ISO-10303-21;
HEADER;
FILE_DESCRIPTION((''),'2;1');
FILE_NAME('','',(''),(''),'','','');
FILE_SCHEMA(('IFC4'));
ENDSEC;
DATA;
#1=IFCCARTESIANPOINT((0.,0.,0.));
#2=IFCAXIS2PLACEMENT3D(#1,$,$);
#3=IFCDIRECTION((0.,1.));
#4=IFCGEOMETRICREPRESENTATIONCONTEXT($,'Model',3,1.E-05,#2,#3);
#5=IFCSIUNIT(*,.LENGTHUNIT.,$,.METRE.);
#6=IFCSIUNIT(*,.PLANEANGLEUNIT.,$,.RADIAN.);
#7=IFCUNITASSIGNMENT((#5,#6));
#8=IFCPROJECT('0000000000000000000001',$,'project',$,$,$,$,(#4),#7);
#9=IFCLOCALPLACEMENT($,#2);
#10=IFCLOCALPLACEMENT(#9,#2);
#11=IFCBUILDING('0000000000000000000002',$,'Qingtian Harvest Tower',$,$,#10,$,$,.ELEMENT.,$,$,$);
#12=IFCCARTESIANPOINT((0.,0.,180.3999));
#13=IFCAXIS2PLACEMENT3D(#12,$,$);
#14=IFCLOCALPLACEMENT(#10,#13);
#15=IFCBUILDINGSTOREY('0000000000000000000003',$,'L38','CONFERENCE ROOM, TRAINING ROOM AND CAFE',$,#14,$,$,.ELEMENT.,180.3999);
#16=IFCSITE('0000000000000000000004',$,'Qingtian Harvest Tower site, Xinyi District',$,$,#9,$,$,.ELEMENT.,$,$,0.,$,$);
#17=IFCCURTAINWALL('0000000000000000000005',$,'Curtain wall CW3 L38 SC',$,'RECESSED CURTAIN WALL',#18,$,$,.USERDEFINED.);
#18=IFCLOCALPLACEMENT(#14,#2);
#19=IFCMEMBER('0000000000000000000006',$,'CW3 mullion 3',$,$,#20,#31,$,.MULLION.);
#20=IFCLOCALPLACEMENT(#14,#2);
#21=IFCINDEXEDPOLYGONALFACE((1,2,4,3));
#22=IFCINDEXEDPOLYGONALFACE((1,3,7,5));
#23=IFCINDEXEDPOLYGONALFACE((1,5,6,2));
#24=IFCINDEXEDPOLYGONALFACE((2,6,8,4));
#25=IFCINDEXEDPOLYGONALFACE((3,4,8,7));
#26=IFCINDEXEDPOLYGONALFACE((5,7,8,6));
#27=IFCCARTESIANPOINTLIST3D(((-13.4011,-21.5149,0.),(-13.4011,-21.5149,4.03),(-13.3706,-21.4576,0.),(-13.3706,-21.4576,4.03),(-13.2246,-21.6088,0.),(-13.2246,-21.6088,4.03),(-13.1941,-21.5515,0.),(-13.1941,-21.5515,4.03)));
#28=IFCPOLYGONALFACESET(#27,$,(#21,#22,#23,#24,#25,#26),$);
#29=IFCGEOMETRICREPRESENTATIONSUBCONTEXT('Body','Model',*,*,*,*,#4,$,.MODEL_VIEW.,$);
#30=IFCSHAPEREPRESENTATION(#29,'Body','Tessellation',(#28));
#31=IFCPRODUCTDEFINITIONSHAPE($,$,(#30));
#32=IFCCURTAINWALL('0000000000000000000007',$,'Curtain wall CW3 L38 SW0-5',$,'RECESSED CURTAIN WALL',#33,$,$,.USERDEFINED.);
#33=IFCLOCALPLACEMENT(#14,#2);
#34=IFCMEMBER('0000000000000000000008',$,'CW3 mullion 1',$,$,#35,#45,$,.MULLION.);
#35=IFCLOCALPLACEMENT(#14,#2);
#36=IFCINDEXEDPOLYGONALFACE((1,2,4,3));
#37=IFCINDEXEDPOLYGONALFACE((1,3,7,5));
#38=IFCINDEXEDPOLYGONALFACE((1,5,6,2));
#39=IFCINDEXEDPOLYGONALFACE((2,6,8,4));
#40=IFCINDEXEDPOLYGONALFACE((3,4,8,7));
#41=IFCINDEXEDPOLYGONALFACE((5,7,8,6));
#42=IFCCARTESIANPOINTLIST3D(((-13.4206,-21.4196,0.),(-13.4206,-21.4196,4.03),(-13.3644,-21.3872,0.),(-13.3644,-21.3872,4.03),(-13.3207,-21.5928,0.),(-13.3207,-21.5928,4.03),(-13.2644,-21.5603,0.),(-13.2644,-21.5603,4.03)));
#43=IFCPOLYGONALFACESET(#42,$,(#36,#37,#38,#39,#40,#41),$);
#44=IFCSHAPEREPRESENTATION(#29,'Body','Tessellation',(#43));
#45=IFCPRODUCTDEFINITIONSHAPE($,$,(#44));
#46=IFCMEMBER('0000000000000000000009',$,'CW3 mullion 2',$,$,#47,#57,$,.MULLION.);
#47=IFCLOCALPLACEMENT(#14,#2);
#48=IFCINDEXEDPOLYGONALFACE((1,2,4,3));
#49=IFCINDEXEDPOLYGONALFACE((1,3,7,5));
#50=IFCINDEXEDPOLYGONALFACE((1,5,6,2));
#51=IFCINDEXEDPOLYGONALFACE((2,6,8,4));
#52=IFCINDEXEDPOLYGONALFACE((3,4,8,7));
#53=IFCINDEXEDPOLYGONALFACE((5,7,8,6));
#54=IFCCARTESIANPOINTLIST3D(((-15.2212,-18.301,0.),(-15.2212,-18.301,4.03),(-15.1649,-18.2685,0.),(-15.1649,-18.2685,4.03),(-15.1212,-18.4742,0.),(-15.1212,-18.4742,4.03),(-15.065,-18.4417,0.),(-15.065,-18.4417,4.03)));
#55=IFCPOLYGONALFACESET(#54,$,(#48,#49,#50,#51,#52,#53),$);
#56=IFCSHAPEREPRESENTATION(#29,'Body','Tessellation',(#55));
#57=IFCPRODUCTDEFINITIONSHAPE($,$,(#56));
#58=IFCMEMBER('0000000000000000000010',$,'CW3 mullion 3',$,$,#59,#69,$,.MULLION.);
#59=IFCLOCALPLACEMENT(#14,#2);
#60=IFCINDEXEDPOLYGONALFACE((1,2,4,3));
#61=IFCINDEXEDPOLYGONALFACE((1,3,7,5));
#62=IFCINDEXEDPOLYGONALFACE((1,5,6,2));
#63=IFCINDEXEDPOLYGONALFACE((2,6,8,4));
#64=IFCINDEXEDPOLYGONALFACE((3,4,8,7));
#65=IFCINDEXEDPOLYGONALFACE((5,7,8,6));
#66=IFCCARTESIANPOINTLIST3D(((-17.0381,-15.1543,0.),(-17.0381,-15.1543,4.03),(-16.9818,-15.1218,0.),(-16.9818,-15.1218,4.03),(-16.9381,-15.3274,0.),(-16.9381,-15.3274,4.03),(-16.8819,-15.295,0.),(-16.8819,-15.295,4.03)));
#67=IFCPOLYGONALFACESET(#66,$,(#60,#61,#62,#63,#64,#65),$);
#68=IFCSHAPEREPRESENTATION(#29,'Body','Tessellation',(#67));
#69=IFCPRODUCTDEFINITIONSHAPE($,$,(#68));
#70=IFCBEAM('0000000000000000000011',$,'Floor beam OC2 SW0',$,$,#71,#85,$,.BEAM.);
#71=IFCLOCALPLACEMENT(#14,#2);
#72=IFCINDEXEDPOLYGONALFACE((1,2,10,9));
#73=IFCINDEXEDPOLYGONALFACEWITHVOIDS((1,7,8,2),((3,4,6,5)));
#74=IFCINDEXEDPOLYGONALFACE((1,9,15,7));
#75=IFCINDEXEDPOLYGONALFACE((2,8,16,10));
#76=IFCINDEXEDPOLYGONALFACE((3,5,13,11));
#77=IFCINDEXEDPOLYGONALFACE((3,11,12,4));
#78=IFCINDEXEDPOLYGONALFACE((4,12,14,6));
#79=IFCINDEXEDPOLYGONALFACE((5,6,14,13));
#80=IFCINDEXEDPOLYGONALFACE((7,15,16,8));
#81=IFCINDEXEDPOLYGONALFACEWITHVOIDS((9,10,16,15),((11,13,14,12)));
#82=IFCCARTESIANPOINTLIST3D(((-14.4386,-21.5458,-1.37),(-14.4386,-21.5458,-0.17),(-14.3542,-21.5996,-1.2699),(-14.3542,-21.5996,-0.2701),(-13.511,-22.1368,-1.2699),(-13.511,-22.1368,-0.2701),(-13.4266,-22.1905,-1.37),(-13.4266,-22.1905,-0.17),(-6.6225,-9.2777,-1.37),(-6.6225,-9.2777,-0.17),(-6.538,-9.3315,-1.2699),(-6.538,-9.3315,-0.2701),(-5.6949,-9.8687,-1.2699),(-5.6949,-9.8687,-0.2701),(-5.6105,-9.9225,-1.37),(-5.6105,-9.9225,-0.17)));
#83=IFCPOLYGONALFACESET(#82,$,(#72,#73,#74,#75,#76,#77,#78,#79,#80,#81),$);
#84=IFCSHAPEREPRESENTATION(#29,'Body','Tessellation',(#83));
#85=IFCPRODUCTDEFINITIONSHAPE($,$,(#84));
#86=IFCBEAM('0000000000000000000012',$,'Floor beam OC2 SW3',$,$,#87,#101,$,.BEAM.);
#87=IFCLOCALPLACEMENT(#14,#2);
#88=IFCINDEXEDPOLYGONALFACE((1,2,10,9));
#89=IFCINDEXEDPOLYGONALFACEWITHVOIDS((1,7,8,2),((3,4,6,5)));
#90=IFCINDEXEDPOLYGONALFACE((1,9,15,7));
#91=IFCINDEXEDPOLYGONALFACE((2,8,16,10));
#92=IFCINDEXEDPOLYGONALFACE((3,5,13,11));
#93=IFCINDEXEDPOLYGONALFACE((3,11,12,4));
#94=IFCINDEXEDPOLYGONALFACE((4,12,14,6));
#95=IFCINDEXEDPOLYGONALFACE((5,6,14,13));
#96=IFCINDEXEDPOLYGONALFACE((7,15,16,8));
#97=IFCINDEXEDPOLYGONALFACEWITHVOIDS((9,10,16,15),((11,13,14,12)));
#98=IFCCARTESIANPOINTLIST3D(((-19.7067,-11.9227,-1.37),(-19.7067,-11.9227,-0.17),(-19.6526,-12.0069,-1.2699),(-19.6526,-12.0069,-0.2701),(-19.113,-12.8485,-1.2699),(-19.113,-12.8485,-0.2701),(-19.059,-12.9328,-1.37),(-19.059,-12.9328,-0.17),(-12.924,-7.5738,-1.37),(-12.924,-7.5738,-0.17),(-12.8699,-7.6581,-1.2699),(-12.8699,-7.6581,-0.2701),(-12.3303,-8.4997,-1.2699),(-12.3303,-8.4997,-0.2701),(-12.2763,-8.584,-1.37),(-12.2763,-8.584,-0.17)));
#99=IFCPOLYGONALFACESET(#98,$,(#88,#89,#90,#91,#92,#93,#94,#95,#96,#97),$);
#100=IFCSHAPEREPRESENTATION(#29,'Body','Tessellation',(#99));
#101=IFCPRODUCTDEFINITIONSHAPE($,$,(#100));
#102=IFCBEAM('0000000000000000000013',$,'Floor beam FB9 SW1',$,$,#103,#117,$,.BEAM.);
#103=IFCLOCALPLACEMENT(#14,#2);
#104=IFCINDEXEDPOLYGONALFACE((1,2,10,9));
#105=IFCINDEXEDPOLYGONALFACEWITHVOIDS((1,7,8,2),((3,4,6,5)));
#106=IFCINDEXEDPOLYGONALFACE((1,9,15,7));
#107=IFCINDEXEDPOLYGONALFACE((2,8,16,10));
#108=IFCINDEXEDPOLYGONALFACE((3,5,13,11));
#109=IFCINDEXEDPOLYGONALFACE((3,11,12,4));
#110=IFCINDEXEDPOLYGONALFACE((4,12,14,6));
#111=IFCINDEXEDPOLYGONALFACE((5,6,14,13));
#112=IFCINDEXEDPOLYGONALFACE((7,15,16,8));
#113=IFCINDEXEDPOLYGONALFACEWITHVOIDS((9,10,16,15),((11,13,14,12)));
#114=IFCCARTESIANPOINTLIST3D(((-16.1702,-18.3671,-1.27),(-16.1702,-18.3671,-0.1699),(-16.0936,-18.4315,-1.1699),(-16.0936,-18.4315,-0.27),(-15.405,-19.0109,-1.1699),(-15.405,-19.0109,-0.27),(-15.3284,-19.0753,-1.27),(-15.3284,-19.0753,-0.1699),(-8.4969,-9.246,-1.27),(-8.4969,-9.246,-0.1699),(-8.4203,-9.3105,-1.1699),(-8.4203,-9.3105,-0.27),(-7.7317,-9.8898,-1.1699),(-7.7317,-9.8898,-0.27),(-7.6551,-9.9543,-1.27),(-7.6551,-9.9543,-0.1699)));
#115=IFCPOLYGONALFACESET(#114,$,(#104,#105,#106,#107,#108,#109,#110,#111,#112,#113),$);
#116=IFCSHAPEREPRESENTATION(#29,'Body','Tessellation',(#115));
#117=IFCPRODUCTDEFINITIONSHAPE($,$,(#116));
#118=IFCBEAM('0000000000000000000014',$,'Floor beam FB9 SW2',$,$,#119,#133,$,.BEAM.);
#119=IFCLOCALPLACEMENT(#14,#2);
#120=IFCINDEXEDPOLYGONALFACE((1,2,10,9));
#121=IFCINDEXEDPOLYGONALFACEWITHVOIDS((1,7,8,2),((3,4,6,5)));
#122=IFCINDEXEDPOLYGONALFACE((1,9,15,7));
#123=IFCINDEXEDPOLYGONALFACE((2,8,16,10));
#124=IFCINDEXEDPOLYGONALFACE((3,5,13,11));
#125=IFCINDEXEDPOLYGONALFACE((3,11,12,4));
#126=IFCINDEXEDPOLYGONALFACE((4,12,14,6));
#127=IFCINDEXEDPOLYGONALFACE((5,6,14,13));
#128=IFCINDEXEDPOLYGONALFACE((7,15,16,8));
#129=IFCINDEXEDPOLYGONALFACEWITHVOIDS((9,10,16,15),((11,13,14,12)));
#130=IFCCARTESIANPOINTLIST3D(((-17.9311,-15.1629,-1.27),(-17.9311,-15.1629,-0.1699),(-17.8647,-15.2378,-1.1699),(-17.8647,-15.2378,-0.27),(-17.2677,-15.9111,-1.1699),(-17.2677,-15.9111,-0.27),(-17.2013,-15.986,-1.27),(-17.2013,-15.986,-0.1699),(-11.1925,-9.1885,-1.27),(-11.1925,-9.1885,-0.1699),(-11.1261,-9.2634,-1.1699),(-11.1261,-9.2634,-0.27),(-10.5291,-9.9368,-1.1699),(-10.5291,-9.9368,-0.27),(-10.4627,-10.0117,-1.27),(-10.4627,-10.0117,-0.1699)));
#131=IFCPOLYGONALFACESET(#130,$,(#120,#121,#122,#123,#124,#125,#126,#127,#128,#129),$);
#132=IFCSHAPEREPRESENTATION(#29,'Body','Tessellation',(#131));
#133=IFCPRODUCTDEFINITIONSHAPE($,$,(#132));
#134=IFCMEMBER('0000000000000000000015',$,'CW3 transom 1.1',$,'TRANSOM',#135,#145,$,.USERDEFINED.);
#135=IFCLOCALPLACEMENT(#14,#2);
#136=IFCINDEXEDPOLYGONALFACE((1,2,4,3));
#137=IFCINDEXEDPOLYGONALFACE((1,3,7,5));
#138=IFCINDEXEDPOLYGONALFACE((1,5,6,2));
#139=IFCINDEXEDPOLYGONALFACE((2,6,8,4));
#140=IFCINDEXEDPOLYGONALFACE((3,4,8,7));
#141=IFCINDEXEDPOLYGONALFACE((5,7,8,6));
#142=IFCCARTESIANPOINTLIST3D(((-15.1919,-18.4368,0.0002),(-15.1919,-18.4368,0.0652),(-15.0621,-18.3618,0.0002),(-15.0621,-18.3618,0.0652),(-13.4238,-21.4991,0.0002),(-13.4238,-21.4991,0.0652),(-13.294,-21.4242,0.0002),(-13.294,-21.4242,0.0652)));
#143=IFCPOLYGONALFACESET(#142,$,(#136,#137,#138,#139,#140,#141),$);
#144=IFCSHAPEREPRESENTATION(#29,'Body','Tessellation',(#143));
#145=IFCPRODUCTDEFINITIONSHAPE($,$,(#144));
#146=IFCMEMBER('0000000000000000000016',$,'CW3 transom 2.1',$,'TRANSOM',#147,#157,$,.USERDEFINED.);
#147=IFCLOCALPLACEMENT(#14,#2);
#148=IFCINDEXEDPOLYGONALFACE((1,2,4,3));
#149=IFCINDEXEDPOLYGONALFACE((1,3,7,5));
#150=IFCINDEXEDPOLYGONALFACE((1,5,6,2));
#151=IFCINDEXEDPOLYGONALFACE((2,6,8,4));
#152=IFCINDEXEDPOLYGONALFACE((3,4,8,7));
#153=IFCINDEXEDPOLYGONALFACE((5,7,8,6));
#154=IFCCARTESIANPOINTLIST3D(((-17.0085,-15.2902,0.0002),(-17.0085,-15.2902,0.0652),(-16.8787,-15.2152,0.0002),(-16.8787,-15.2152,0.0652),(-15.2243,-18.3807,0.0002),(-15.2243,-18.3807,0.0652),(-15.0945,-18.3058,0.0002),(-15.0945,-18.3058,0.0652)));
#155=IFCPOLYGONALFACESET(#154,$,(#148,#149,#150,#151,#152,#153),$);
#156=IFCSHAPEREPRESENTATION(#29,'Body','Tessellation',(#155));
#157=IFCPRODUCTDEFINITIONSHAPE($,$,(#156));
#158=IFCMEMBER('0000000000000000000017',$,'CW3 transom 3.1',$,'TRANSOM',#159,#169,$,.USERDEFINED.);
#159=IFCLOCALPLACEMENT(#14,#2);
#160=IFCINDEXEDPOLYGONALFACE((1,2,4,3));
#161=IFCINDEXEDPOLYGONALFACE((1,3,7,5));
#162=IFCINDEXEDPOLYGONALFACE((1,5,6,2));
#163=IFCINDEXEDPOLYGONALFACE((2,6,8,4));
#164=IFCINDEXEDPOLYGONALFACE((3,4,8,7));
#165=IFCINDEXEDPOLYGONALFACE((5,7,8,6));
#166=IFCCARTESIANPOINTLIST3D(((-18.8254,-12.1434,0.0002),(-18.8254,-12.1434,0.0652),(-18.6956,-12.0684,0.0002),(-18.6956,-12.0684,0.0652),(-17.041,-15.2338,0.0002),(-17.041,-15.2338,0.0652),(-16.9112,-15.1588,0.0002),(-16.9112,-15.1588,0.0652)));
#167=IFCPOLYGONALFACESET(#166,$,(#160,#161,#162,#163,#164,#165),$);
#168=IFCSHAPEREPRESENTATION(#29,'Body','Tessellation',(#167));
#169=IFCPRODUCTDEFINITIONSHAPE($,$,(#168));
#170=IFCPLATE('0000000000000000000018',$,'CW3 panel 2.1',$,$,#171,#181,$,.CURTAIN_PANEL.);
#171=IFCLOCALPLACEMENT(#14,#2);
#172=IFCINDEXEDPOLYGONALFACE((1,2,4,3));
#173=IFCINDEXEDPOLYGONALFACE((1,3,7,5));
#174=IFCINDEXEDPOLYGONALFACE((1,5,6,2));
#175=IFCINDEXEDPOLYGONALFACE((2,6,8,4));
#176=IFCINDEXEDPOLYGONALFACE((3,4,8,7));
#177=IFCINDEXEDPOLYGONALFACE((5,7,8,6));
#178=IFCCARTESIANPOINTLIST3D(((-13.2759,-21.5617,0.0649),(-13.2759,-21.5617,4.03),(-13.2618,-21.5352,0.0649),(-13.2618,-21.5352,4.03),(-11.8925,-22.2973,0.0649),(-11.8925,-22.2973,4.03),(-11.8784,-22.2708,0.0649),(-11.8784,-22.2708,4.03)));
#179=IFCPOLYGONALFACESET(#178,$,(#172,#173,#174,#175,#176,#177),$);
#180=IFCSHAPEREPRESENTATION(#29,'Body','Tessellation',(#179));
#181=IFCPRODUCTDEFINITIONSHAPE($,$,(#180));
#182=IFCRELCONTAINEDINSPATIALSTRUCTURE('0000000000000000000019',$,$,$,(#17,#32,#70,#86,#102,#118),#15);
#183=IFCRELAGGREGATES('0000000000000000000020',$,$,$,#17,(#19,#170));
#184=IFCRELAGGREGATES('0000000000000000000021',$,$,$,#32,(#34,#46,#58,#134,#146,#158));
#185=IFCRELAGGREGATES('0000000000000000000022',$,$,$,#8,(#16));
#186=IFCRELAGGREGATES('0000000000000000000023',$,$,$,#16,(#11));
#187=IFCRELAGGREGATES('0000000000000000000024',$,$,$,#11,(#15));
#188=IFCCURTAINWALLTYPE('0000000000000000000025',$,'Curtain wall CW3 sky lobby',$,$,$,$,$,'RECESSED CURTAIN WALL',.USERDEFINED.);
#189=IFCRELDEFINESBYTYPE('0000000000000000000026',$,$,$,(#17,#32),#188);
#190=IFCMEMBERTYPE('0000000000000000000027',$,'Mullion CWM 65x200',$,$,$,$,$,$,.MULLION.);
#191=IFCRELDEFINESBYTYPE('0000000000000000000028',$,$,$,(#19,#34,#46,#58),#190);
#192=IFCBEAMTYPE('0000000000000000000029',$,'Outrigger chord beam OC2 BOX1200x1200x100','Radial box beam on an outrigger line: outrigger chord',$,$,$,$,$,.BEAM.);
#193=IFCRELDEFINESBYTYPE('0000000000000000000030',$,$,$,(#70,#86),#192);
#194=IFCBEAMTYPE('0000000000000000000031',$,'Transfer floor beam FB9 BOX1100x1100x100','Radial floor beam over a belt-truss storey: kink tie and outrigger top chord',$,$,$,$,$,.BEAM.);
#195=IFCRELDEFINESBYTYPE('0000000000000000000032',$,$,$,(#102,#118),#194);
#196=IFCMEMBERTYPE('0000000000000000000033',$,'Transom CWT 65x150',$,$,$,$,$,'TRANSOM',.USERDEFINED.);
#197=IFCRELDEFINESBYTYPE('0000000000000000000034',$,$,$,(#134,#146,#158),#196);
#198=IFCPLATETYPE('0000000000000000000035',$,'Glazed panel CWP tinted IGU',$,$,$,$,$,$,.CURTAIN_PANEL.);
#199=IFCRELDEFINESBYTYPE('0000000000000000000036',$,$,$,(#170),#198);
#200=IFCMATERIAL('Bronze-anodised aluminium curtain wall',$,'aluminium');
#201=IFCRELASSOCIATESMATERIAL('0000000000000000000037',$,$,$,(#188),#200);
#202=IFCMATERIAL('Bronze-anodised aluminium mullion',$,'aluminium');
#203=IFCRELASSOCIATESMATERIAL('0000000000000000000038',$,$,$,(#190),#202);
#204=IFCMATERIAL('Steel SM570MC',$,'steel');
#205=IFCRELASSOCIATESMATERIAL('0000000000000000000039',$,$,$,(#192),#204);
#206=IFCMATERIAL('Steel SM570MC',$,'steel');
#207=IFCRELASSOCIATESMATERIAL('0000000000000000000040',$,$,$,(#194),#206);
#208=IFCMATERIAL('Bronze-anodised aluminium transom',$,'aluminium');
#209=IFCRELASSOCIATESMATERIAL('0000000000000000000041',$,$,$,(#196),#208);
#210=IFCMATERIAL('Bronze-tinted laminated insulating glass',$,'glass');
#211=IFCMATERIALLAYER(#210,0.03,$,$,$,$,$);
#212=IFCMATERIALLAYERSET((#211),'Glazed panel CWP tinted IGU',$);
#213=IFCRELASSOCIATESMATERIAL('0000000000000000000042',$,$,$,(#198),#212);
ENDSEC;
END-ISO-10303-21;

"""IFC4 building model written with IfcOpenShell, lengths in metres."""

from ifc_helpers import new_model, si_unit, direction, frame, origin, origin_2d, place, context, subcontext, project, spatial, rectangle, hollow_rectangle, extrude, material, layer, layer_set, material_profile, profile_set, type_object, element, aggregate, save


model = new_model("IFC4")

# Units and contexts
model_context = context("Model", 3, precision=1e-05, world=origin(), true_north=direction((0.0, 1.0)))
body_context = subcontext(model_context, "Body", "Model", "MODEL_VIEW")
ifc_project = project(units=[si_unit("LENGTHUNIT", "METRE"), si_unit("PLANEANGLEUNIT", "RADIAN")], contexts=[model_context])

# Site, building, storey
site_placement = place(None, origin())
site = spatial("IfcSite", under=ifc_project, at=site_placement, Name="Qingtian Harvest Tower site, Xinyi District", CompositionType="ELEMENT", RefElevation=0.0)
building_placement = place(site_placement, origin())
building = spatial("IfcBuilding", under=site, at=building_placement, Name="Qingtian Harvest Tower", CompositionType="ELEMENT")
storey_placement = place(building_placement, frame((0.0, 0.0, 180.3999)))
storey = spatial("IfcBuildingStorey", under=building, at=storey_placement, Name="L38", Description="CONFERENCE ROOM, TRAINING ROOM AND CAFE", CompositionType="ELEMENT", Elevation=180.3999)

# Curtain wall, member
ifc_material_1 = material(Name="Bronze-anodised aluminium curtain wall", Category="aluminium")
curtain_wall_type = type_object("IfcCurtainWallType", Name="Curtain wall CW3 sky lobby", ElementType="RECESSED CURTAIN WALL", PredefinedType="USERDEFINED", material=ifc_material_1)
curtain_wall_1_placement = place(storey_placement, origin())
curtain_wall_1 = element("IfcCurtainWall", 1, at=curtain_wall_1_placement, inside=storey, type_object=curtain_wall_type, Name="Curtain wall CW3 L38 SC", ObjectType="RECESSED CURTAIN WALL", PredefinedType="USERDEFINED")
ifc_material_2 = material(Name="Bronze-anodised aluminium mullion", Category="aluminium")
ifc_material_profile_1 = material_profile(ifc_material_2, rectangle(XDim=0.0649, YDim=0.2, at=origin_2d()), Name="AL 65x200")
ifc_profile_set_1 = profile_set([ifc_material_profile_1], Name="Bronze-anodised aluminium mullion")
member_type_1 = type_object("IfcMemberType", Name="Mullion CWM 65x200", PredefinedType="MULLION", material=ifc_profile_set_1)
member_1_placement = place(storey_placement, frame((-13.2976, -21.5332, 0.0), z_axis=(0.0, 0.0, 1.0), x_axis=(-0.469472, -0.882948, 0.0)))
member_1 = element("IfcMember", 2, at=member_1_placement, type_object=member_type_1, Name="CW3 mullion 3", PredefinedType="MULLION", context=body_context, shape_type="SweptSolid", body=[
    extrude(rectangle(XDim=0.0649, YDim=0.2, at=origin_2d()), origin(), (0.0, 0.0, 1.0), 4.03),
])

# Curtain wall, members
curtain_wall_2_placement = place(storey_placement, origin())
curtain_wall_2 = element("IfcCurtainWall", 3, at=curtain_wall_2_placement, inside=storey, type_object=curtain_wall_type, Name="Curtain wall CW3 L38 SW0-5", ObjectType="RECESSED CURTAIN WALL", PredefinedType="USERDEFINED")
member_2_placement = place(storey_placement, frame((-13.3425, -21.49, 0.0), z_axis=(0.0, 0.0, 1.0), x_axis=(-0.866025, -0.5, 0.0)))
member_2 = element("IfcMember", 4, at=member_2_placement, type_object=member_type_1, Name="CW3 mullion 1", PredefinedType="MULLION", context=body_context, shape_type="SweptSolid", body=[
    extrude(rectangle(XDim=0.0649, YDim=0.2, at=origin_2d()), origin(), (0.0, 0.0, 1.0), 4.03),
])
member_3_placement = place(storey_placement, frame((-15.1431, -18.3713, 0.0), z_axis=(0.0, 0.0, 1.0), x_axis=(-0.866025, -0.5, 0.0)))
member_3 = element("IfcMember", 5, at=member_3_placement, type_object=member_type_1, Name="CW3 mullion 2", PredefinedType="MULLION", context=body_context, shape_type="SweptSolid", body=[
    extrude(rectangle(XDim=0.0649, YDim=0.2, at=origin_2d()), origin(), (0.0, 0.0, 1.0), 4.03),
])
member_4_placement = place(storey_placement, frame((-16.96, -15.2246, 0.0), z_axis=(0.0, 0.0, 1.0), x_axis=(-0.866025, -0.5, 0.0)))
member_4 = element("IfcMember", 6, at=member_4_placement, type_object=member_type_1, Name="CW3 mullion 3", PredefinedType="MULLION", context=body_context, shape_type="SweptSolid", body=[
    extrude(rectangle(XDim=0.0649, YDim=0.2, at=origin_2d()), origin(), (0.0, 0.0, 1.0), 4.03),
])

# Beams
ifc_material_3 = material(Name="Steel SM570MC", Category="steel")
ifc_material_profile_2 = material_profile(ifc_material_3, hollow_rectangle(XDim=1.2, YDim=1.2, WallThickness=0.1001, at=origin_2d()), Name="BOX1200x1200x100")
ifc_profile_set_2 = profile_set([ifc_material_profile_2], Name="Steel SM570MC")
beam_type_1 = type_object("IfcBeamType", Name="Outrigger chord beam OC2 BOX1200x1200x100", Description="Radial box beam on an outrigger line: outrigger chord", PredefinedType="BEAM", material=ifc_profile_set_2)
beam_1_placement = place(storey_placement, frame((-13.9326, -21.8682, -0.77), z_axis=(0.537326, 0.843375, 0.0), x_axis=(-0.843375, 0.537326, 0.0)))
element("IfcBeam", 7, at=beam_1_placement, inside=storey, type_object=beam_type_1, Name="Floor beam OC2 SW0", PredefinedType="BEAM", context=body_context, shape_type="SweptSolid", body=[
    extrude(hollow_rectangle(XDim=1.2, YDim=1.2, WallThickness=0.1001, at=origin_2d()), origin(), (0.0, 0.0, 1.0), 14.5464),
])
beam_2_placement = place(storey_placement, frame((-19.3828, -12.4277, -0.77), z_axis=(0.841824, 0.539753, 0.0), x_axis=(-0.539753, 0.841824, 0.0)))
element("IfcBeam", 8, at=beam_2_placement, inside=storey, type_object=beam_type_1, Name="Floor beam OC2 SW3", PredefinedType="BEAM", context=body_context, shape_type="SweptSolid", body=[
    extrude(hollow_rectangle(XDim=1.2, YDim=1.2, WallThickness=0.1001, at=origin_2d()), origin(), (0.0, 0.0, 1.0), 8.0571),
])
ifc_material_4 = material(Name="Steel SM570MC", Category="steel")
ifc_material_profile_3 = material_profile(ifc_material_4, hollow_rectangle(XDim=1.1001, YDim=1.1001, WallThickness=0.1001, at=origin_2d()), Name="BOX1100x1100x100")
ifc_profile_set_3 = profile_set([ifc_material_profile_3], Name="Steel SM570MC")
beam_type_2 = type_object("IfcBeamType", Name="Transfer floor beam FB9 BOX1100x1100x100", Description="Radial floor beam over a belt-truss storey: kink tie and outrigger top chord", PredefinedType="BEAM", material=ifc_profile_set_3)
beam_3_placement = place(storey_placement, frame((-15.7493, -18.7212, -0.72), z_axis=(0.643764, 0.765224, 0.0), x_axis=(-0.765224, 0.643764, 0.0)))
element("IfcBeam", 9, at=beam_3_placement, inside=storey, type_object=beam_type_2, Name="Floor beam FB9 SW1", PredefinedType="BEAM", context=body_context, shape_type="SweptSolid", body=[
    extrude(hollow_rectangle(XDim=1.1001, YDim=1.1001, WallThickness=0.1001, at=origin_2d()), origin(), (0.0, 0.0, 1.0), 11.9194),
])
beam_4_placement = place(storey_placement, frame((-17.5662, -15.5745, -0.72), z_axis=(0.74826, 0.663406, 0.0), x_axis=(-0.663406, 0.74826, 0.0)))
element("IfcBeam", 10, at=beam_4_placement, inside=storey, type_object=beam_type_2, Name="Floor beam FB9 SW2", PredefinedType="BEAM", context=body_context, shape_type="SweptSolid", body=[
    extrude(hollow_rectangle(XDim=1.1001, YDim=1.1001, WallThickness=0.1001, at=origin_2d()), origin(), (0.0, 0.0, 1.0), 9.0056),
])

# Members
ifc_material_5 = material(Name="Bronze-anodised aluminium transom", Category="aluminium")
ifc_material_profile_4 = material_profile(ifc_material_5, rectangle(XDim=0.1499, YDim=0.0649, at=origin_2d()), Name="AL 65x150")
ifc_profile_set_4 = profile_set([ifc_material_profile_4], Name="Bronze-anodised aluminium transom")
member_type_2 = type_object("IfcMemberType", Name="Transom CWT 65x150", ElementType="TRANSOM", PredefinedType="USERDEFINED", material=ifc_profile_set_4)
member_5_placement = place(storey_placement, frame((-13.3589, -21.4617, 0.0327), z_axis=(-0.500015, 0.866017, 0.0), x_axis=(-0.866017, -0.500015, 0.0)))
member_5 = element("IfcMember", 11, at=member_5_placement, type_object=member_type_2, Name="CW3 transom 1.1", ObjectType="TRANSOM", PredefinedType="USERDEFINED", context=body_context, shape_type="SweptSolid", body=[
    extrude(rectangle(XDim=0.1499, YDim=0.0649, at=origin_2d()), origin(), (0.0, 0.0, 1.0), 3.5361),
])
member_6_placement = place(storey_placement, frame((-15.1594, -18.3433, 0.0327), z_axis=(-0.499965, 0.866045, 0.0), x_axis=(-0.866045, -0.499965, 0.0)))
member_6 = element("IfcMember", 12, at=member_6_placement, type_object=member_type_2, Name="CW3 transom 2.1", ObjectType="TRANSOM", PredefinedType="USERDEFINED", context=body_context, shape_type="SweptSolid", body=[
    extrude(rectangle(XDim=0.1499, YDim=0.0649, at=origin_2d()), origin(), (0.0, 0.0, 1.0), 3.5686),
])
member_7_placement = place(storey_placement, frame((-16.9761, -15.1963, 0.0327), z_axis=(-0.500046, 0.865999, 0.0), x_axis=(-0.865999, -0.500046, 0.0)))
member_7 = element("IfcMember", 13, at=member_7_placement, type_object=member_type_2, Name="CW3 transom 3.1", ObjectType="TRANSOM", PredefinedType="USERDEFINED", context=body_context, shape_type="SweptSolid", body=[
    extrude(rectangle(XDim=0.1499, YDim=0.0649, at=origin_2d()), origin(), (0.0, 0.0, 1.0), 3.5686),
])

# Plate
ifc_material_6 = material(Name="Bronze-tinted laminated insulating glass", Category="glass")
ifc_layer_1 = layer(ifc_material_6, 0.03)
ifc_layer_set_1 = layer_set([ifc_layer_1], Name="Glazed panel CWP tinted IGU")
plate_type = type_object("IfcPlateType", Name="Glazed panel CWP tinted IGU", PredefinedType="CURTAIN_PANEL", material=ifc_layer_set_1)
plate_1_placement = place(storey_placement, frame((-12.5771, -21.9163, 0.0649), z_axis=(0.0, 0.0, 1.0), x_axis=(-0.882948, 0.469472, 0.0)))
plate_1 = element("IfcPlate", 14, at=plate_1_placement, type_object=plate_type, Name="CW3 panel 2.1", PredefinedType="CURTAIN_PANEL", context=body_context, shape_type="SweptSolid", body=[
    extrude(rectangle(XDim=1.5669, YDim=0.03, at=origin_2d()), origin(), (0.0, 0.0, 1.0), 3.9651),
])
aggregate(curtain_wall_1, [member_1, plate_1])
aggregate(curtain_wall_2, [member_2, member_3, member_4, member_5, member_6, member_7])

save(model, "model.ifc")
